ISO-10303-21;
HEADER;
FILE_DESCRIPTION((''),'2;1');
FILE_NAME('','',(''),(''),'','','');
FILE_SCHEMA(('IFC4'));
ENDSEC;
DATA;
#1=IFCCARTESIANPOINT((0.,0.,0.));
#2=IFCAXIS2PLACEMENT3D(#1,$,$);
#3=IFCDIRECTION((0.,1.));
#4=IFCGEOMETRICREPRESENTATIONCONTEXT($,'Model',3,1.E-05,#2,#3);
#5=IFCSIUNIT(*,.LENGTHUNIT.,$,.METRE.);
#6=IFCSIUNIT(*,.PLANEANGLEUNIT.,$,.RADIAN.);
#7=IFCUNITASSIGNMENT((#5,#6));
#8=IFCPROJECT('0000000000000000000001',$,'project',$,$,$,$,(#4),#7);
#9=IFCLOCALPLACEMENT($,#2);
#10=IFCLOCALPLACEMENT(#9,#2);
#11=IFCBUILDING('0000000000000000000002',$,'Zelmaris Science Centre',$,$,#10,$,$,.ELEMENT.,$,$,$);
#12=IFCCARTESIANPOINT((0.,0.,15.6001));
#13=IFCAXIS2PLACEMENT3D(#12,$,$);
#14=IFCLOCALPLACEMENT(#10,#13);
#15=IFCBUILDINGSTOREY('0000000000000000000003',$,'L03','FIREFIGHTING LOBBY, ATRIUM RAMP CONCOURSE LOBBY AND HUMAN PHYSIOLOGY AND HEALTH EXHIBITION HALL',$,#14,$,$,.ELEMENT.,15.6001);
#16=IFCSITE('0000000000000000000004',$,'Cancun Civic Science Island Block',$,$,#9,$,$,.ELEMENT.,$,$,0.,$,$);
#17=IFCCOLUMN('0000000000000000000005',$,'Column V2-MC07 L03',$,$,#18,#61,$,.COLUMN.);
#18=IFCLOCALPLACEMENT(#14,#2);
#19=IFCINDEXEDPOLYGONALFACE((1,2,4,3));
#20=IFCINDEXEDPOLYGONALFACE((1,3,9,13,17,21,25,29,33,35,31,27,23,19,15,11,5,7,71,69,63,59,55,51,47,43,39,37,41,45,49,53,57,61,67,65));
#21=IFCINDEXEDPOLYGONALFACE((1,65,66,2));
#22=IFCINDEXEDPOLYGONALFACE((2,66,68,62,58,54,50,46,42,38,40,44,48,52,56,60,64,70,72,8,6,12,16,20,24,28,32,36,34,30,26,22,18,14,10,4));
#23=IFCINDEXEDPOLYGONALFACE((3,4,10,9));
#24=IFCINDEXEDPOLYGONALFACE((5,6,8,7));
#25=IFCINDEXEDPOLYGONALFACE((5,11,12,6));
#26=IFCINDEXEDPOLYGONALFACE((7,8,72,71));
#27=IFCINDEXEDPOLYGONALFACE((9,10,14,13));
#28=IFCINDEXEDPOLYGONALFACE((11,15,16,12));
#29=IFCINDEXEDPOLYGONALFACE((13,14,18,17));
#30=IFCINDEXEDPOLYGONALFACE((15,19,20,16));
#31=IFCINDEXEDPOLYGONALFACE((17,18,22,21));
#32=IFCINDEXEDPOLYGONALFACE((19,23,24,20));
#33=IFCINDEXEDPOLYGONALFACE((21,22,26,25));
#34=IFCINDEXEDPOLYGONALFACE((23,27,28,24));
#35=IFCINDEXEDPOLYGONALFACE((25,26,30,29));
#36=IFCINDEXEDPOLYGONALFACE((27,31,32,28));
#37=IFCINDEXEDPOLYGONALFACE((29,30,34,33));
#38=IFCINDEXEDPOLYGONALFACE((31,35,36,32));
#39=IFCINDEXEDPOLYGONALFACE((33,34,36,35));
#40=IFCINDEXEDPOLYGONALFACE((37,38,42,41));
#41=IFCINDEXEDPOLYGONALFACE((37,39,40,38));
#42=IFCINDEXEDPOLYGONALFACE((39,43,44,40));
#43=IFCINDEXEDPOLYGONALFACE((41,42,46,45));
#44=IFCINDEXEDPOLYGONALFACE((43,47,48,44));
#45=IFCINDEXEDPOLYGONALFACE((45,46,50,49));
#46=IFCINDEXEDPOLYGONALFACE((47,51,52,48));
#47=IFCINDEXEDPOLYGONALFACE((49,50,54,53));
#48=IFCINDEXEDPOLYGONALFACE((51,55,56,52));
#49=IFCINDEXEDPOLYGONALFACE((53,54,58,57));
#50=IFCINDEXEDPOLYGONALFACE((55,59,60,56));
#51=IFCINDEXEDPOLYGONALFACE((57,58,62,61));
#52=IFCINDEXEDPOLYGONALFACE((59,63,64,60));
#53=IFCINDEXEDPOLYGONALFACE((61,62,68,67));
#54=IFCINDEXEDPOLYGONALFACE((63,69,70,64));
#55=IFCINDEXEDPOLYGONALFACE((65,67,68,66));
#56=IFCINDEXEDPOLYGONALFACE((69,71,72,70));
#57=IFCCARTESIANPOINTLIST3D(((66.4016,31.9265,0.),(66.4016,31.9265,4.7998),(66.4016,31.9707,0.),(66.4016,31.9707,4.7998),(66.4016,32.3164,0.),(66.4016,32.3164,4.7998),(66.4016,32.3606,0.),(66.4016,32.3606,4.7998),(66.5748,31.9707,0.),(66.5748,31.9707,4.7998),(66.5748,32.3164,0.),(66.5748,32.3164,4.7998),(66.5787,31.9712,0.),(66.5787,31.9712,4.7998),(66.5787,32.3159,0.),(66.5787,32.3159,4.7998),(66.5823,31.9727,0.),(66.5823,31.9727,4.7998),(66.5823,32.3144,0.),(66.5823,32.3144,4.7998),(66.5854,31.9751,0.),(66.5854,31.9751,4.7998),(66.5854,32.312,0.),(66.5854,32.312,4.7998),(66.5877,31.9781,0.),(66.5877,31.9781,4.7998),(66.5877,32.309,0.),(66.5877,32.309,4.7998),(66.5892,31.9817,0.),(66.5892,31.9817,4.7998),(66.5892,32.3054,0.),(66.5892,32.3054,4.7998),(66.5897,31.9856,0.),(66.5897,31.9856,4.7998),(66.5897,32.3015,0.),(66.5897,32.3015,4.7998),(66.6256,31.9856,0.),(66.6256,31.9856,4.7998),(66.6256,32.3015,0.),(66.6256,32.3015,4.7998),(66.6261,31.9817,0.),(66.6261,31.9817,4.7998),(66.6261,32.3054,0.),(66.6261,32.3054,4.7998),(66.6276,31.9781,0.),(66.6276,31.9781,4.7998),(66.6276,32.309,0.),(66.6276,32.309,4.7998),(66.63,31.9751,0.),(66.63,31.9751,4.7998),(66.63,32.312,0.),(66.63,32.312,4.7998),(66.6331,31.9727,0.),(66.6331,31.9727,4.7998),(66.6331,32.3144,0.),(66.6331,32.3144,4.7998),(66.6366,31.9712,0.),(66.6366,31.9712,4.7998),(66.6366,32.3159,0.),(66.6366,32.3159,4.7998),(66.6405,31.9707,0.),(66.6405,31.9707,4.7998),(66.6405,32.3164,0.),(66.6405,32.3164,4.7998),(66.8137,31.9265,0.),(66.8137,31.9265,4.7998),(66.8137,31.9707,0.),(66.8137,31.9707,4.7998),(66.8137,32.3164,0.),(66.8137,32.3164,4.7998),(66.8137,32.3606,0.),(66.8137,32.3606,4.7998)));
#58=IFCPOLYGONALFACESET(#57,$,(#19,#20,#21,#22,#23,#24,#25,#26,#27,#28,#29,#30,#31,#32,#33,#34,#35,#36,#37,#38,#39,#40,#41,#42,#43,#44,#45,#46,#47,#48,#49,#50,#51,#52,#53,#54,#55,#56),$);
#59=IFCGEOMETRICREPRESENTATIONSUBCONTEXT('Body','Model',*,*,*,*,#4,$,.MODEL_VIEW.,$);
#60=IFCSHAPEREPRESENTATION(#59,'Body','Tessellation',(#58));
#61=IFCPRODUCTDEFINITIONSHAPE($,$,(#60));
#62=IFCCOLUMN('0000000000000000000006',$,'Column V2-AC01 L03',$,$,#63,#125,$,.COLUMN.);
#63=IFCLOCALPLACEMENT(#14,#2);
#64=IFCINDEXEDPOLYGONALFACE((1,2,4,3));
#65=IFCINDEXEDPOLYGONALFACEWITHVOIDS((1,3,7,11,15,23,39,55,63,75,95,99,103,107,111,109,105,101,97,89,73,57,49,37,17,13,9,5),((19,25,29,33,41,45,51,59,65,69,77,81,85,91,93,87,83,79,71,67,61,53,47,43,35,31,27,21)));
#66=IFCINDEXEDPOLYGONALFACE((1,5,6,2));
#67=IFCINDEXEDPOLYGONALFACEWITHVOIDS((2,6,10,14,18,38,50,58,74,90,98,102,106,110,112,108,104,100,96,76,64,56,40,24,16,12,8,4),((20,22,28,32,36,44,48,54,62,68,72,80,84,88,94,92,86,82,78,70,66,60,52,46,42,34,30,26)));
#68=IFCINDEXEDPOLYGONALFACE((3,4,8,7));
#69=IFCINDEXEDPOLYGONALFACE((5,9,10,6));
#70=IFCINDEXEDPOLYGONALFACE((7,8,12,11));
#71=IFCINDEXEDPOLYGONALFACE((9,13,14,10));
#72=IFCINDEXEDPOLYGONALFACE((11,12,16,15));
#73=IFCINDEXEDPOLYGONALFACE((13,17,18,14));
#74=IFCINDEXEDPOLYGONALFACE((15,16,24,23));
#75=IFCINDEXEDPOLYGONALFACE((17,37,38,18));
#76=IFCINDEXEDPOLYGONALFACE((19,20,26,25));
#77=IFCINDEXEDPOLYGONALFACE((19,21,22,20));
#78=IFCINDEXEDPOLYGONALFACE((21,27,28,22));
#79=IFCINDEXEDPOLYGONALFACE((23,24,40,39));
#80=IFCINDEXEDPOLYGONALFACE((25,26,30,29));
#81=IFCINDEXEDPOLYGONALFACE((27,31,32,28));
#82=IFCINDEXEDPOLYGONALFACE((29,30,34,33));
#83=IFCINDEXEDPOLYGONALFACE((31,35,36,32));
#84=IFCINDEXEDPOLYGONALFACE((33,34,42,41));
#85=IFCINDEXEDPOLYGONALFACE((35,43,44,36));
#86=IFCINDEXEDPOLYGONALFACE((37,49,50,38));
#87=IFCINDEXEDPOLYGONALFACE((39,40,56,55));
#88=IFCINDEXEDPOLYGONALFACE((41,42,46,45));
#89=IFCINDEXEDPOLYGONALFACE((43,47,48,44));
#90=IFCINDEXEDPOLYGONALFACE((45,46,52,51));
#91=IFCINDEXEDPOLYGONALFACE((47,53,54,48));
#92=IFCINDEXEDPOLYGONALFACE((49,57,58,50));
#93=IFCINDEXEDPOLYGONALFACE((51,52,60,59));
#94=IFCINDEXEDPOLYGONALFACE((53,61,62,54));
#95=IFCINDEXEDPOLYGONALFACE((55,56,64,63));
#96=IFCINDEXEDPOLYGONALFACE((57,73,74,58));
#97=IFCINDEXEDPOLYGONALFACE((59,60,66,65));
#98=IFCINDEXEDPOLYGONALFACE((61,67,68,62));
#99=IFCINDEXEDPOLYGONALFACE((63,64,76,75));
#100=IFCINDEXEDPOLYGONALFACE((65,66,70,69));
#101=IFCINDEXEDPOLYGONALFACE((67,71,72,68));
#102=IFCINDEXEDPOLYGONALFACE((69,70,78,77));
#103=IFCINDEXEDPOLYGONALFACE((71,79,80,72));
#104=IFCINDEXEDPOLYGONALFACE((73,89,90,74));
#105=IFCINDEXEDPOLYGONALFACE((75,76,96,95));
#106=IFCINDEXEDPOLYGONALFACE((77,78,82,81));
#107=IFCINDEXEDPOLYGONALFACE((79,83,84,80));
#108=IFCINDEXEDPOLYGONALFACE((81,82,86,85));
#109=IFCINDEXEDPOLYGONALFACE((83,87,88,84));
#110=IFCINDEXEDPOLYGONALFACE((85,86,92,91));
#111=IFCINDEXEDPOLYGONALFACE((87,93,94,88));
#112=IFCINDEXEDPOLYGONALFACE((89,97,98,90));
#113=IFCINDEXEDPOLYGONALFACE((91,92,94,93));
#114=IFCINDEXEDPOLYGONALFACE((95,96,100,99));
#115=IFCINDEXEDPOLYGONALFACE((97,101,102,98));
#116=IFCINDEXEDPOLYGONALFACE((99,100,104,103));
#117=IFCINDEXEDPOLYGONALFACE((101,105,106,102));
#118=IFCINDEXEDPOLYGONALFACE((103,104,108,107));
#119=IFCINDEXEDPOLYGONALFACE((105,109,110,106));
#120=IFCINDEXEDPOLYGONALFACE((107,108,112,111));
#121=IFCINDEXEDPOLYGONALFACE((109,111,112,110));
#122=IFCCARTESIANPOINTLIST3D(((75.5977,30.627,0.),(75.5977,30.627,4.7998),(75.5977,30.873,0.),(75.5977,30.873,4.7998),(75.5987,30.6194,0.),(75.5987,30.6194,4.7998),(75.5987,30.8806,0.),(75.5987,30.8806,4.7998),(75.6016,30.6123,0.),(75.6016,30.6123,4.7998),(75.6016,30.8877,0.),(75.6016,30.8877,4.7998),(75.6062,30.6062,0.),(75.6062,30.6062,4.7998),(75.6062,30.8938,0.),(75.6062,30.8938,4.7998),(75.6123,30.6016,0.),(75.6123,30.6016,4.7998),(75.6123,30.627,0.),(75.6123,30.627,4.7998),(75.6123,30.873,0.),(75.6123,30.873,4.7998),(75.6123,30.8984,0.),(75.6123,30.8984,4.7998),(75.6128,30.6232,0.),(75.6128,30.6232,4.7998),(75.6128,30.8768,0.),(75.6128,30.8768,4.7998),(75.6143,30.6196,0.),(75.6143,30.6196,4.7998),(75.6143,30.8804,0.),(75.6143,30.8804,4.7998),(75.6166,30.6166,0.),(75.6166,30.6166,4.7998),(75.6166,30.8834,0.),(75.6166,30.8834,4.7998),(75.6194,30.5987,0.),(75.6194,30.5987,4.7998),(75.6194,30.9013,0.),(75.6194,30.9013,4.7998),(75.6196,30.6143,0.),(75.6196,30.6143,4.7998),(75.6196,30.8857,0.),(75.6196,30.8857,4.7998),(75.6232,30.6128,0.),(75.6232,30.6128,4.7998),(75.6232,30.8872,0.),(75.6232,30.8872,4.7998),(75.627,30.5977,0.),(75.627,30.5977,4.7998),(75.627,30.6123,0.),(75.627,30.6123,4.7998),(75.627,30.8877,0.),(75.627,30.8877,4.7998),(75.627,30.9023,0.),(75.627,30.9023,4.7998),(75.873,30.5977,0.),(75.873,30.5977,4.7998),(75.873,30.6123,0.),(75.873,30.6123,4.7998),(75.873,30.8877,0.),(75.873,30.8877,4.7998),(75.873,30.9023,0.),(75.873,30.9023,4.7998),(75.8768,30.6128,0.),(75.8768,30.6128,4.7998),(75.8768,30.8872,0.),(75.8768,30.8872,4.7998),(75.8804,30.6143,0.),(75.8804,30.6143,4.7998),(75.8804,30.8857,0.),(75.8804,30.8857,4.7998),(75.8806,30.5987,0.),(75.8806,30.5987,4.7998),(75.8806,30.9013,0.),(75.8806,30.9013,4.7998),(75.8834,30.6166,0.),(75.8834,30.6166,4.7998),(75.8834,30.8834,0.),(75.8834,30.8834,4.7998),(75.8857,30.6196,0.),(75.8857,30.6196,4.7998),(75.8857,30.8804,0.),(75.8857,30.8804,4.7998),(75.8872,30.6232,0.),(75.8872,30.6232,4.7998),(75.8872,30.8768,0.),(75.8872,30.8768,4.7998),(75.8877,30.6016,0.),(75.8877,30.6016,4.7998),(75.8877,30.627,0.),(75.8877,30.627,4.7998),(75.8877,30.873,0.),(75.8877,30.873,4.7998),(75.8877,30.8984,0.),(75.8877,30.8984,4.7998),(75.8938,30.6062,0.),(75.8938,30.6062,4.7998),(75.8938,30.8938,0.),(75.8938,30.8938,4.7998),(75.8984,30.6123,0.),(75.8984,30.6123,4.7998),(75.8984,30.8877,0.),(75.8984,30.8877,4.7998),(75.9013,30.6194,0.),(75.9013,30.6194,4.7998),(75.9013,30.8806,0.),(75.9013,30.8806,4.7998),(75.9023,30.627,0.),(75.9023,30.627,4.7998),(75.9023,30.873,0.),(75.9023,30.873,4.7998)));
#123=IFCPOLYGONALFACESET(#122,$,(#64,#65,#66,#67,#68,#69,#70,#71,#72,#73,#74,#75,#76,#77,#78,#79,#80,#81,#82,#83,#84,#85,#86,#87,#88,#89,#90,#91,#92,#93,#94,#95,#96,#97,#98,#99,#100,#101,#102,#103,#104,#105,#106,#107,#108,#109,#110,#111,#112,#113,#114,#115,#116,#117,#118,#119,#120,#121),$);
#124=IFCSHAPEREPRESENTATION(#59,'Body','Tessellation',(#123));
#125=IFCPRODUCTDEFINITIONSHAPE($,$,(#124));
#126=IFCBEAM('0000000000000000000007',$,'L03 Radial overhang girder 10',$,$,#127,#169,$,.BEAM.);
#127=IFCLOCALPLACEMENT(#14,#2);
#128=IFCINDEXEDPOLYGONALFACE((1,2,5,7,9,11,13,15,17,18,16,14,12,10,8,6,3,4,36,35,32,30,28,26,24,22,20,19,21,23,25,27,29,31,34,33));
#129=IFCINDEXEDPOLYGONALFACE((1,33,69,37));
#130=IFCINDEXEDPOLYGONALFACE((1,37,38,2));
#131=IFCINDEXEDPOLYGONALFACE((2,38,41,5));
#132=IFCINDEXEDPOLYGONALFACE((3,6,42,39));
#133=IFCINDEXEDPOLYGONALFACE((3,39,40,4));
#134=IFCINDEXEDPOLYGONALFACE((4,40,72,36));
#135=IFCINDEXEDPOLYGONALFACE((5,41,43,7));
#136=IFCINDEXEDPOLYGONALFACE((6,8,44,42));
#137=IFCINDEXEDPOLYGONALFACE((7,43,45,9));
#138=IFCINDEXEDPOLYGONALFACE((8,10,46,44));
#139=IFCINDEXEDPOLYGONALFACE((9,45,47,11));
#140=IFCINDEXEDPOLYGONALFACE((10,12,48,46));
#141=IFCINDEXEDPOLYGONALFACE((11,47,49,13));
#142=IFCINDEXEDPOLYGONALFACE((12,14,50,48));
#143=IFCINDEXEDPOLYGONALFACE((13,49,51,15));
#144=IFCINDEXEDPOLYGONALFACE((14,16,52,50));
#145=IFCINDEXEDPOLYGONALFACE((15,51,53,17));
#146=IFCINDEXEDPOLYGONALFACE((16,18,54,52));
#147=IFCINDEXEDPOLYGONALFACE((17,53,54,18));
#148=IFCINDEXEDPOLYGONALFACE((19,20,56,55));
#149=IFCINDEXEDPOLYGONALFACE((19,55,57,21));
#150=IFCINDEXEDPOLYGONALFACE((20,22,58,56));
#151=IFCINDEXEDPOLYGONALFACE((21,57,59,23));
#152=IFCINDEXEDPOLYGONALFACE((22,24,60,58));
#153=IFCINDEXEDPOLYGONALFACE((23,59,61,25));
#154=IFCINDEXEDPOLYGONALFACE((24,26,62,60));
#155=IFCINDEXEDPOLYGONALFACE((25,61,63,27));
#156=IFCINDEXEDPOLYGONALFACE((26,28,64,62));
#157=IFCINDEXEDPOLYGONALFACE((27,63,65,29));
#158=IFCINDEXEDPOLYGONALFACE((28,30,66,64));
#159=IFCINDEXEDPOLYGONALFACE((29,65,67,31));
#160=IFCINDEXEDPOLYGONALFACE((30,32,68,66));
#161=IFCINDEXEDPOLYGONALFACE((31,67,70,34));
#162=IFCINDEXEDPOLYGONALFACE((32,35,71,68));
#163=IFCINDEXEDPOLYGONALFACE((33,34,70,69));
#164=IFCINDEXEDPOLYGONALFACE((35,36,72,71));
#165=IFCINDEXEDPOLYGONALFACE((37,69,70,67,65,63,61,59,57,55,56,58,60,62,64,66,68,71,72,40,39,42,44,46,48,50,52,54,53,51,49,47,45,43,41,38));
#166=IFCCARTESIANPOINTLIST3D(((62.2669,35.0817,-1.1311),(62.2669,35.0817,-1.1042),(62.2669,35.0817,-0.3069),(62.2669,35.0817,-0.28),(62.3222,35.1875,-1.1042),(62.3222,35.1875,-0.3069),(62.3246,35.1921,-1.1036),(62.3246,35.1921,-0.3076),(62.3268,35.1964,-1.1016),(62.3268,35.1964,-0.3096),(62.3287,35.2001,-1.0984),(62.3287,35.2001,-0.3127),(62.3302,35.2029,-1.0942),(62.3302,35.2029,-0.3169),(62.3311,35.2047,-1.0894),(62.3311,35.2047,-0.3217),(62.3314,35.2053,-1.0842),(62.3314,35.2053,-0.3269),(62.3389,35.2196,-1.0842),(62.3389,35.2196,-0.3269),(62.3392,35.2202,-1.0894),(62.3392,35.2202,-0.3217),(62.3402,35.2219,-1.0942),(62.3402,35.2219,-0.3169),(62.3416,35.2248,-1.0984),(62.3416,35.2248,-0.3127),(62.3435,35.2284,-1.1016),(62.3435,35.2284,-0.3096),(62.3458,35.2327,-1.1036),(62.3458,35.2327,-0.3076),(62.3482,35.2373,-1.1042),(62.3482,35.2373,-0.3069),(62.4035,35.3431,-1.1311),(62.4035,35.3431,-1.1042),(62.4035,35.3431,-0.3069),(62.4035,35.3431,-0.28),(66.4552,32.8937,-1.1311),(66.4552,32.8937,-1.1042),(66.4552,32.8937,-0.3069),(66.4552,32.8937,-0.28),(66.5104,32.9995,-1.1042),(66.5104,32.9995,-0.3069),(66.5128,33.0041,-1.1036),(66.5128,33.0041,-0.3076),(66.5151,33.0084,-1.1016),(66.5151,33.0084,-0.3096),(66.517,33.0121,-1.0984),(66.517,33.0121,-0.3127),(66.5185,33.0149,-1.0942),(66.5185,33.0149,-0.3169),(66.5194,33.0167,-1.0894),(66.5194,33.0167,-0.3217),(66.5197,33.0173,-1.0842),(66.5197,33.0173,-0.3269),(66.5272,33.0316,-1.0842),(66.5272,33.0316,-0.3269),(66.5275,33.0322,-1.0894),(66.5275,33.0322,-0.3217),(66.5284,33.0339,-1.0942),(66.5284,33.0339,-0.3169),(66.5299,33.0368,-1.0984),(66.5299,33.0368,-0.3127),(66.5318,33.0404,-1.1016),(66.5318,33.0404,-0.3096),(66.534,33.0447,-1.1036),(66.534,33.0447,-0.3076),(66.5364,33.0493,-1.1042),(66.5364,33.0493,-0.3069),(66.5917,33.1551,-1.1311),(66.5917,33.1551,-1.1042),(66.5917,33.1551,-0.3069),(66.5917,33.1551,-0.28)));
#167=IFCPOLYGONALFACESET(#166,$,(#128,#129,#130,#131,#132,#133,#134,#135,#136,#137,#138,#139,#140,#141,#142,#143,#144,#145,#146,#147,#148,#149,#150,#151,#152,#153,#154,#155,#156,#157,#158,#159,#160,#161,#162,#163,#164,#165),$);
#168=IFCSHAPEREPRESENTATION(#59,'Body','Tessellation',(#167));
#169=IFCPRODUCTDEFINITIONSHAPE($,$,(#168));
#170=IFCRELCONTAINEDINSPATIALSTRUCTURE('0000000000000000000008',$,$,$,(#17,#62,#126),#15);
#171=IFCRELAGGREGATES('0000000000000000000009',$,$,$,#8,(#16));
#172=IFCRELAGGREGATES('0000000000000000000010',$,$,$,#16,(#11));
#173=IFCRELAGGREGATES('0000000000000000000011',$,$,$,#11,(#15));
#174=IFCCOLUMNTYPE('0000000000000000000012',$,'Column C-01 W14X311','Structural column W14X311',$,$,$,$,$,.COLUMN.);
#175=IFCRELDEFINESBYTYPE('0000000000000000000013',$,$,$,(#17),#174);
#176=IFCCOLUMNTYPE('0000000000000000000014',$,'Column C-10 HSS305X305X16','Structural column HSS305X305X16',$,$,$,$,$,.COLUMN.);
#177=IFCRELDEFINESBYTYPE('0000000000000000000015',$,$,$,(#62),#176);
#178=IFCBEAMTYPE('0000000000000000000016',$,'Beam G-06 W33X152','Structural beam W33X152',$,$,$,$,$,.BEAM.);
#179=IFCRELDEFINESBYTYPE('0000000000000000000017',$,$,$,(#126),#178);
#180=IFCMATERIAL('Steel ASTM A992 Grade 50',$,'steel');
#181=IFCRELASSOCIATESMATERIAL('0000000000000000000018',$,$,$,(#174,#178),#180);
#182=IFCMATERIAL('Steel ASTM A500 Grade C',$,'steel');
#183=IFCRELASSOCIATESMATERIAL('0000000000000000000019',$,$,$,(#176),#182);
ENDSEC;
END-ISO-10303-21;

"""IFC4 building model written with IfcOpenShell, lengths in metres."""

from ifc_helpers import new_model, si_unit, direction, frame, origin, origin_2d, place, context, subcontext, project, spatial, hollow_rectangle, i_section, extrude, material, material_profile, profile_set, type_object, element, save


model = new_model("IFC4")

# Units and contexts
model_context = context("Model", 3, precision=1e-05, world=origin(), true_north=direction((0.0, 1.0)))
body_context = subcontext(model_context, "Body", "Model", "MODEL_VIEW")
ifc_project = project(units=[si_unit("LENGTHUNIT", "METRE"), si_unit("PLANEANGLEUNIT", "RADIAN")], contexts=[model_context])

# Site, building, storey
site_placement = place(None, origin())
site = spatial("IfcSite", under=ifc_project, at=site_placement, Name="Cancun Civic Science Island Block", CompositionType="ELEMENT", RefElevation=0.0)
building_placement = place(site_placement, origin())
building = spatial("IfcBuilding", under=site, at=building_placement, Name="Zelmaris Science Centre", CompositionType="ELEMENT")
storey_placement = place(building_placement, frame((0.0, 0.0, 15.6001)))
storey = spatial("IfcBuildingStorey", under=building, at=storey_placement, Name="L03", Description="FIREFIGHTING LOBBY, ATRIUM RAMP CONCOURSE LOBBY AND HUMAN PHYSIOLOGY AND HEALTH EXHIBITION HALL", CompositionType="ELEMENT", Elevation=15.6001)

# Columns
ifc_material_1 = material(Name="Steel ASTM A992 Grade 50", Category="steel")
ifc_material_profile_1 = material_profile(ifc_material_1, i_section(OverallWidth=0.4121, OverallDepth=0.4341, WebThickness=0.0359, FlangeThickness=0.0442, FilletRadius=0.0149, at=origin_2d()), Name="W14X311")
ifc_profile_set_1 = profile_set([ifc_material_profile_1], Name="Steel ASTM A992 Grade 50")
column_type_1 = type_object("IfcColumnType", Name="Column C-01 W14X311", Description="Structural column W14X311", PredefinedType="COLUMN", material=ifc_profile_set_1)
column_1_placement = place(storey_placement, frame((66.6077, 32.1436, 0.0), z_axis=(0.0, 0.0, 1.0), x_axis=(1.0, 0.0, 0.0)))
element("IfcColumn", 1, at=column_1_placement, inside=storey, type_object=column_type_1, Name="Column V2-MC07 L03", PredefinedType="COLUMN", context=body_context, shape_type="SweptSolid", body=[
    extrude(i_section(OverallWidth=0.4121, OverallDepth=0.4341, WebThickness=0.0359, FlangeThickness=0.0442, FilletRadius=0.0149, at=origin_2d()), origin(), (0.0, 0.0, 1.0), 4.7998),
])
ifc_material_2 = material(Name="Steel ASTM A500 Grade C", Category="steel")
ifc_material_profile_2 = material_profile(ifc_material_2, hollow_rectangle(XDim=0.3047, YDim=0.3047, WallThickness=0.0146, InnerFilletRadius=0.0146, OuterFilletRadius=0.0293, at=origin_2d()), Name="HSS305X305X16")
ifc_profile_set_2 = profile_set([ifc_material_profile_2], Name="Steel ASTM A500 Grade C")
column_type_2 = type_object("IfcColumnType", Name="Column C-10 HSS305X305X16", Description="Structural column HSS305X305X16", PredefinedType="COLUMN", material=ifc_profile_set_2)
column_2_placement = place(storey_placement, frame((75.75, 30.75, 0.0), z_axis=(0.0, 0.0, 1.0), x_axis=(1.0, 0.0, 0.0)))
element("IfcColumn", 2, at=column_2_placement, inside=storey, type_object=column_type_2, Name="Column V2-AC01 L03", PredefinedType="COLUMN", context=body_context, shape_type="SweptSolid", body=[
    extrude(hollow_rectangle(XDim=0.3047, YDim=0.3047, WallThickness=0.0146, InnerFilletRadius=0.0146, OuterFilletRadius=0.0293, at=origin_2d()), origin(), (0.0, 0.0, 1.0), 4.7998),
])

# Beam
ifc_material_profile_3 = material_profile(ifc_material_1, i_section(OverallWidth=0.2949, OverallDepth=0.8511, WebThickness=0.0161, FlangeThickness=0.0269, FilletRadius=0.02, at=origin_2d()), Name="W33X152")
ifc_profile_set_3 = profile_set([ifc_material_profile_3], Name="Steel ASTM A992 Grade 50")
beam_type_1 = type_object("IfcBeamType", Name="Beam G-06 W33X152", Description="Structural beam W33X152", PredefinedType="BEAM", material=ifc_profile_set_3)
beam_1_placement = place(storey_placement, frame((66.5234, 33.0244, -0.7056), z_axis=(-0.88634, 0.463036, 0.0), x_axis=(-0.463036, -0.88634, 0.0)))
element("IfcBeam", 3, at=beam_1_placement, inside=storey, type_object=beam_type_1, Name="L03 Radial overhang girder 10", PredefinedType="BEAM", context=body_context, shape_type="SweptSolid", body=[
    extrude(i_section(OverallWidth=0.2949, OverallDepth=0.8511, WebThickness=0.0161, FlangeThickness=0.0269, FilletRadius=0.02, at=origin_2d()), origin(), (0.0, 0.0, 1.0), 4.7253),
])

save(model, "model.ifc")
